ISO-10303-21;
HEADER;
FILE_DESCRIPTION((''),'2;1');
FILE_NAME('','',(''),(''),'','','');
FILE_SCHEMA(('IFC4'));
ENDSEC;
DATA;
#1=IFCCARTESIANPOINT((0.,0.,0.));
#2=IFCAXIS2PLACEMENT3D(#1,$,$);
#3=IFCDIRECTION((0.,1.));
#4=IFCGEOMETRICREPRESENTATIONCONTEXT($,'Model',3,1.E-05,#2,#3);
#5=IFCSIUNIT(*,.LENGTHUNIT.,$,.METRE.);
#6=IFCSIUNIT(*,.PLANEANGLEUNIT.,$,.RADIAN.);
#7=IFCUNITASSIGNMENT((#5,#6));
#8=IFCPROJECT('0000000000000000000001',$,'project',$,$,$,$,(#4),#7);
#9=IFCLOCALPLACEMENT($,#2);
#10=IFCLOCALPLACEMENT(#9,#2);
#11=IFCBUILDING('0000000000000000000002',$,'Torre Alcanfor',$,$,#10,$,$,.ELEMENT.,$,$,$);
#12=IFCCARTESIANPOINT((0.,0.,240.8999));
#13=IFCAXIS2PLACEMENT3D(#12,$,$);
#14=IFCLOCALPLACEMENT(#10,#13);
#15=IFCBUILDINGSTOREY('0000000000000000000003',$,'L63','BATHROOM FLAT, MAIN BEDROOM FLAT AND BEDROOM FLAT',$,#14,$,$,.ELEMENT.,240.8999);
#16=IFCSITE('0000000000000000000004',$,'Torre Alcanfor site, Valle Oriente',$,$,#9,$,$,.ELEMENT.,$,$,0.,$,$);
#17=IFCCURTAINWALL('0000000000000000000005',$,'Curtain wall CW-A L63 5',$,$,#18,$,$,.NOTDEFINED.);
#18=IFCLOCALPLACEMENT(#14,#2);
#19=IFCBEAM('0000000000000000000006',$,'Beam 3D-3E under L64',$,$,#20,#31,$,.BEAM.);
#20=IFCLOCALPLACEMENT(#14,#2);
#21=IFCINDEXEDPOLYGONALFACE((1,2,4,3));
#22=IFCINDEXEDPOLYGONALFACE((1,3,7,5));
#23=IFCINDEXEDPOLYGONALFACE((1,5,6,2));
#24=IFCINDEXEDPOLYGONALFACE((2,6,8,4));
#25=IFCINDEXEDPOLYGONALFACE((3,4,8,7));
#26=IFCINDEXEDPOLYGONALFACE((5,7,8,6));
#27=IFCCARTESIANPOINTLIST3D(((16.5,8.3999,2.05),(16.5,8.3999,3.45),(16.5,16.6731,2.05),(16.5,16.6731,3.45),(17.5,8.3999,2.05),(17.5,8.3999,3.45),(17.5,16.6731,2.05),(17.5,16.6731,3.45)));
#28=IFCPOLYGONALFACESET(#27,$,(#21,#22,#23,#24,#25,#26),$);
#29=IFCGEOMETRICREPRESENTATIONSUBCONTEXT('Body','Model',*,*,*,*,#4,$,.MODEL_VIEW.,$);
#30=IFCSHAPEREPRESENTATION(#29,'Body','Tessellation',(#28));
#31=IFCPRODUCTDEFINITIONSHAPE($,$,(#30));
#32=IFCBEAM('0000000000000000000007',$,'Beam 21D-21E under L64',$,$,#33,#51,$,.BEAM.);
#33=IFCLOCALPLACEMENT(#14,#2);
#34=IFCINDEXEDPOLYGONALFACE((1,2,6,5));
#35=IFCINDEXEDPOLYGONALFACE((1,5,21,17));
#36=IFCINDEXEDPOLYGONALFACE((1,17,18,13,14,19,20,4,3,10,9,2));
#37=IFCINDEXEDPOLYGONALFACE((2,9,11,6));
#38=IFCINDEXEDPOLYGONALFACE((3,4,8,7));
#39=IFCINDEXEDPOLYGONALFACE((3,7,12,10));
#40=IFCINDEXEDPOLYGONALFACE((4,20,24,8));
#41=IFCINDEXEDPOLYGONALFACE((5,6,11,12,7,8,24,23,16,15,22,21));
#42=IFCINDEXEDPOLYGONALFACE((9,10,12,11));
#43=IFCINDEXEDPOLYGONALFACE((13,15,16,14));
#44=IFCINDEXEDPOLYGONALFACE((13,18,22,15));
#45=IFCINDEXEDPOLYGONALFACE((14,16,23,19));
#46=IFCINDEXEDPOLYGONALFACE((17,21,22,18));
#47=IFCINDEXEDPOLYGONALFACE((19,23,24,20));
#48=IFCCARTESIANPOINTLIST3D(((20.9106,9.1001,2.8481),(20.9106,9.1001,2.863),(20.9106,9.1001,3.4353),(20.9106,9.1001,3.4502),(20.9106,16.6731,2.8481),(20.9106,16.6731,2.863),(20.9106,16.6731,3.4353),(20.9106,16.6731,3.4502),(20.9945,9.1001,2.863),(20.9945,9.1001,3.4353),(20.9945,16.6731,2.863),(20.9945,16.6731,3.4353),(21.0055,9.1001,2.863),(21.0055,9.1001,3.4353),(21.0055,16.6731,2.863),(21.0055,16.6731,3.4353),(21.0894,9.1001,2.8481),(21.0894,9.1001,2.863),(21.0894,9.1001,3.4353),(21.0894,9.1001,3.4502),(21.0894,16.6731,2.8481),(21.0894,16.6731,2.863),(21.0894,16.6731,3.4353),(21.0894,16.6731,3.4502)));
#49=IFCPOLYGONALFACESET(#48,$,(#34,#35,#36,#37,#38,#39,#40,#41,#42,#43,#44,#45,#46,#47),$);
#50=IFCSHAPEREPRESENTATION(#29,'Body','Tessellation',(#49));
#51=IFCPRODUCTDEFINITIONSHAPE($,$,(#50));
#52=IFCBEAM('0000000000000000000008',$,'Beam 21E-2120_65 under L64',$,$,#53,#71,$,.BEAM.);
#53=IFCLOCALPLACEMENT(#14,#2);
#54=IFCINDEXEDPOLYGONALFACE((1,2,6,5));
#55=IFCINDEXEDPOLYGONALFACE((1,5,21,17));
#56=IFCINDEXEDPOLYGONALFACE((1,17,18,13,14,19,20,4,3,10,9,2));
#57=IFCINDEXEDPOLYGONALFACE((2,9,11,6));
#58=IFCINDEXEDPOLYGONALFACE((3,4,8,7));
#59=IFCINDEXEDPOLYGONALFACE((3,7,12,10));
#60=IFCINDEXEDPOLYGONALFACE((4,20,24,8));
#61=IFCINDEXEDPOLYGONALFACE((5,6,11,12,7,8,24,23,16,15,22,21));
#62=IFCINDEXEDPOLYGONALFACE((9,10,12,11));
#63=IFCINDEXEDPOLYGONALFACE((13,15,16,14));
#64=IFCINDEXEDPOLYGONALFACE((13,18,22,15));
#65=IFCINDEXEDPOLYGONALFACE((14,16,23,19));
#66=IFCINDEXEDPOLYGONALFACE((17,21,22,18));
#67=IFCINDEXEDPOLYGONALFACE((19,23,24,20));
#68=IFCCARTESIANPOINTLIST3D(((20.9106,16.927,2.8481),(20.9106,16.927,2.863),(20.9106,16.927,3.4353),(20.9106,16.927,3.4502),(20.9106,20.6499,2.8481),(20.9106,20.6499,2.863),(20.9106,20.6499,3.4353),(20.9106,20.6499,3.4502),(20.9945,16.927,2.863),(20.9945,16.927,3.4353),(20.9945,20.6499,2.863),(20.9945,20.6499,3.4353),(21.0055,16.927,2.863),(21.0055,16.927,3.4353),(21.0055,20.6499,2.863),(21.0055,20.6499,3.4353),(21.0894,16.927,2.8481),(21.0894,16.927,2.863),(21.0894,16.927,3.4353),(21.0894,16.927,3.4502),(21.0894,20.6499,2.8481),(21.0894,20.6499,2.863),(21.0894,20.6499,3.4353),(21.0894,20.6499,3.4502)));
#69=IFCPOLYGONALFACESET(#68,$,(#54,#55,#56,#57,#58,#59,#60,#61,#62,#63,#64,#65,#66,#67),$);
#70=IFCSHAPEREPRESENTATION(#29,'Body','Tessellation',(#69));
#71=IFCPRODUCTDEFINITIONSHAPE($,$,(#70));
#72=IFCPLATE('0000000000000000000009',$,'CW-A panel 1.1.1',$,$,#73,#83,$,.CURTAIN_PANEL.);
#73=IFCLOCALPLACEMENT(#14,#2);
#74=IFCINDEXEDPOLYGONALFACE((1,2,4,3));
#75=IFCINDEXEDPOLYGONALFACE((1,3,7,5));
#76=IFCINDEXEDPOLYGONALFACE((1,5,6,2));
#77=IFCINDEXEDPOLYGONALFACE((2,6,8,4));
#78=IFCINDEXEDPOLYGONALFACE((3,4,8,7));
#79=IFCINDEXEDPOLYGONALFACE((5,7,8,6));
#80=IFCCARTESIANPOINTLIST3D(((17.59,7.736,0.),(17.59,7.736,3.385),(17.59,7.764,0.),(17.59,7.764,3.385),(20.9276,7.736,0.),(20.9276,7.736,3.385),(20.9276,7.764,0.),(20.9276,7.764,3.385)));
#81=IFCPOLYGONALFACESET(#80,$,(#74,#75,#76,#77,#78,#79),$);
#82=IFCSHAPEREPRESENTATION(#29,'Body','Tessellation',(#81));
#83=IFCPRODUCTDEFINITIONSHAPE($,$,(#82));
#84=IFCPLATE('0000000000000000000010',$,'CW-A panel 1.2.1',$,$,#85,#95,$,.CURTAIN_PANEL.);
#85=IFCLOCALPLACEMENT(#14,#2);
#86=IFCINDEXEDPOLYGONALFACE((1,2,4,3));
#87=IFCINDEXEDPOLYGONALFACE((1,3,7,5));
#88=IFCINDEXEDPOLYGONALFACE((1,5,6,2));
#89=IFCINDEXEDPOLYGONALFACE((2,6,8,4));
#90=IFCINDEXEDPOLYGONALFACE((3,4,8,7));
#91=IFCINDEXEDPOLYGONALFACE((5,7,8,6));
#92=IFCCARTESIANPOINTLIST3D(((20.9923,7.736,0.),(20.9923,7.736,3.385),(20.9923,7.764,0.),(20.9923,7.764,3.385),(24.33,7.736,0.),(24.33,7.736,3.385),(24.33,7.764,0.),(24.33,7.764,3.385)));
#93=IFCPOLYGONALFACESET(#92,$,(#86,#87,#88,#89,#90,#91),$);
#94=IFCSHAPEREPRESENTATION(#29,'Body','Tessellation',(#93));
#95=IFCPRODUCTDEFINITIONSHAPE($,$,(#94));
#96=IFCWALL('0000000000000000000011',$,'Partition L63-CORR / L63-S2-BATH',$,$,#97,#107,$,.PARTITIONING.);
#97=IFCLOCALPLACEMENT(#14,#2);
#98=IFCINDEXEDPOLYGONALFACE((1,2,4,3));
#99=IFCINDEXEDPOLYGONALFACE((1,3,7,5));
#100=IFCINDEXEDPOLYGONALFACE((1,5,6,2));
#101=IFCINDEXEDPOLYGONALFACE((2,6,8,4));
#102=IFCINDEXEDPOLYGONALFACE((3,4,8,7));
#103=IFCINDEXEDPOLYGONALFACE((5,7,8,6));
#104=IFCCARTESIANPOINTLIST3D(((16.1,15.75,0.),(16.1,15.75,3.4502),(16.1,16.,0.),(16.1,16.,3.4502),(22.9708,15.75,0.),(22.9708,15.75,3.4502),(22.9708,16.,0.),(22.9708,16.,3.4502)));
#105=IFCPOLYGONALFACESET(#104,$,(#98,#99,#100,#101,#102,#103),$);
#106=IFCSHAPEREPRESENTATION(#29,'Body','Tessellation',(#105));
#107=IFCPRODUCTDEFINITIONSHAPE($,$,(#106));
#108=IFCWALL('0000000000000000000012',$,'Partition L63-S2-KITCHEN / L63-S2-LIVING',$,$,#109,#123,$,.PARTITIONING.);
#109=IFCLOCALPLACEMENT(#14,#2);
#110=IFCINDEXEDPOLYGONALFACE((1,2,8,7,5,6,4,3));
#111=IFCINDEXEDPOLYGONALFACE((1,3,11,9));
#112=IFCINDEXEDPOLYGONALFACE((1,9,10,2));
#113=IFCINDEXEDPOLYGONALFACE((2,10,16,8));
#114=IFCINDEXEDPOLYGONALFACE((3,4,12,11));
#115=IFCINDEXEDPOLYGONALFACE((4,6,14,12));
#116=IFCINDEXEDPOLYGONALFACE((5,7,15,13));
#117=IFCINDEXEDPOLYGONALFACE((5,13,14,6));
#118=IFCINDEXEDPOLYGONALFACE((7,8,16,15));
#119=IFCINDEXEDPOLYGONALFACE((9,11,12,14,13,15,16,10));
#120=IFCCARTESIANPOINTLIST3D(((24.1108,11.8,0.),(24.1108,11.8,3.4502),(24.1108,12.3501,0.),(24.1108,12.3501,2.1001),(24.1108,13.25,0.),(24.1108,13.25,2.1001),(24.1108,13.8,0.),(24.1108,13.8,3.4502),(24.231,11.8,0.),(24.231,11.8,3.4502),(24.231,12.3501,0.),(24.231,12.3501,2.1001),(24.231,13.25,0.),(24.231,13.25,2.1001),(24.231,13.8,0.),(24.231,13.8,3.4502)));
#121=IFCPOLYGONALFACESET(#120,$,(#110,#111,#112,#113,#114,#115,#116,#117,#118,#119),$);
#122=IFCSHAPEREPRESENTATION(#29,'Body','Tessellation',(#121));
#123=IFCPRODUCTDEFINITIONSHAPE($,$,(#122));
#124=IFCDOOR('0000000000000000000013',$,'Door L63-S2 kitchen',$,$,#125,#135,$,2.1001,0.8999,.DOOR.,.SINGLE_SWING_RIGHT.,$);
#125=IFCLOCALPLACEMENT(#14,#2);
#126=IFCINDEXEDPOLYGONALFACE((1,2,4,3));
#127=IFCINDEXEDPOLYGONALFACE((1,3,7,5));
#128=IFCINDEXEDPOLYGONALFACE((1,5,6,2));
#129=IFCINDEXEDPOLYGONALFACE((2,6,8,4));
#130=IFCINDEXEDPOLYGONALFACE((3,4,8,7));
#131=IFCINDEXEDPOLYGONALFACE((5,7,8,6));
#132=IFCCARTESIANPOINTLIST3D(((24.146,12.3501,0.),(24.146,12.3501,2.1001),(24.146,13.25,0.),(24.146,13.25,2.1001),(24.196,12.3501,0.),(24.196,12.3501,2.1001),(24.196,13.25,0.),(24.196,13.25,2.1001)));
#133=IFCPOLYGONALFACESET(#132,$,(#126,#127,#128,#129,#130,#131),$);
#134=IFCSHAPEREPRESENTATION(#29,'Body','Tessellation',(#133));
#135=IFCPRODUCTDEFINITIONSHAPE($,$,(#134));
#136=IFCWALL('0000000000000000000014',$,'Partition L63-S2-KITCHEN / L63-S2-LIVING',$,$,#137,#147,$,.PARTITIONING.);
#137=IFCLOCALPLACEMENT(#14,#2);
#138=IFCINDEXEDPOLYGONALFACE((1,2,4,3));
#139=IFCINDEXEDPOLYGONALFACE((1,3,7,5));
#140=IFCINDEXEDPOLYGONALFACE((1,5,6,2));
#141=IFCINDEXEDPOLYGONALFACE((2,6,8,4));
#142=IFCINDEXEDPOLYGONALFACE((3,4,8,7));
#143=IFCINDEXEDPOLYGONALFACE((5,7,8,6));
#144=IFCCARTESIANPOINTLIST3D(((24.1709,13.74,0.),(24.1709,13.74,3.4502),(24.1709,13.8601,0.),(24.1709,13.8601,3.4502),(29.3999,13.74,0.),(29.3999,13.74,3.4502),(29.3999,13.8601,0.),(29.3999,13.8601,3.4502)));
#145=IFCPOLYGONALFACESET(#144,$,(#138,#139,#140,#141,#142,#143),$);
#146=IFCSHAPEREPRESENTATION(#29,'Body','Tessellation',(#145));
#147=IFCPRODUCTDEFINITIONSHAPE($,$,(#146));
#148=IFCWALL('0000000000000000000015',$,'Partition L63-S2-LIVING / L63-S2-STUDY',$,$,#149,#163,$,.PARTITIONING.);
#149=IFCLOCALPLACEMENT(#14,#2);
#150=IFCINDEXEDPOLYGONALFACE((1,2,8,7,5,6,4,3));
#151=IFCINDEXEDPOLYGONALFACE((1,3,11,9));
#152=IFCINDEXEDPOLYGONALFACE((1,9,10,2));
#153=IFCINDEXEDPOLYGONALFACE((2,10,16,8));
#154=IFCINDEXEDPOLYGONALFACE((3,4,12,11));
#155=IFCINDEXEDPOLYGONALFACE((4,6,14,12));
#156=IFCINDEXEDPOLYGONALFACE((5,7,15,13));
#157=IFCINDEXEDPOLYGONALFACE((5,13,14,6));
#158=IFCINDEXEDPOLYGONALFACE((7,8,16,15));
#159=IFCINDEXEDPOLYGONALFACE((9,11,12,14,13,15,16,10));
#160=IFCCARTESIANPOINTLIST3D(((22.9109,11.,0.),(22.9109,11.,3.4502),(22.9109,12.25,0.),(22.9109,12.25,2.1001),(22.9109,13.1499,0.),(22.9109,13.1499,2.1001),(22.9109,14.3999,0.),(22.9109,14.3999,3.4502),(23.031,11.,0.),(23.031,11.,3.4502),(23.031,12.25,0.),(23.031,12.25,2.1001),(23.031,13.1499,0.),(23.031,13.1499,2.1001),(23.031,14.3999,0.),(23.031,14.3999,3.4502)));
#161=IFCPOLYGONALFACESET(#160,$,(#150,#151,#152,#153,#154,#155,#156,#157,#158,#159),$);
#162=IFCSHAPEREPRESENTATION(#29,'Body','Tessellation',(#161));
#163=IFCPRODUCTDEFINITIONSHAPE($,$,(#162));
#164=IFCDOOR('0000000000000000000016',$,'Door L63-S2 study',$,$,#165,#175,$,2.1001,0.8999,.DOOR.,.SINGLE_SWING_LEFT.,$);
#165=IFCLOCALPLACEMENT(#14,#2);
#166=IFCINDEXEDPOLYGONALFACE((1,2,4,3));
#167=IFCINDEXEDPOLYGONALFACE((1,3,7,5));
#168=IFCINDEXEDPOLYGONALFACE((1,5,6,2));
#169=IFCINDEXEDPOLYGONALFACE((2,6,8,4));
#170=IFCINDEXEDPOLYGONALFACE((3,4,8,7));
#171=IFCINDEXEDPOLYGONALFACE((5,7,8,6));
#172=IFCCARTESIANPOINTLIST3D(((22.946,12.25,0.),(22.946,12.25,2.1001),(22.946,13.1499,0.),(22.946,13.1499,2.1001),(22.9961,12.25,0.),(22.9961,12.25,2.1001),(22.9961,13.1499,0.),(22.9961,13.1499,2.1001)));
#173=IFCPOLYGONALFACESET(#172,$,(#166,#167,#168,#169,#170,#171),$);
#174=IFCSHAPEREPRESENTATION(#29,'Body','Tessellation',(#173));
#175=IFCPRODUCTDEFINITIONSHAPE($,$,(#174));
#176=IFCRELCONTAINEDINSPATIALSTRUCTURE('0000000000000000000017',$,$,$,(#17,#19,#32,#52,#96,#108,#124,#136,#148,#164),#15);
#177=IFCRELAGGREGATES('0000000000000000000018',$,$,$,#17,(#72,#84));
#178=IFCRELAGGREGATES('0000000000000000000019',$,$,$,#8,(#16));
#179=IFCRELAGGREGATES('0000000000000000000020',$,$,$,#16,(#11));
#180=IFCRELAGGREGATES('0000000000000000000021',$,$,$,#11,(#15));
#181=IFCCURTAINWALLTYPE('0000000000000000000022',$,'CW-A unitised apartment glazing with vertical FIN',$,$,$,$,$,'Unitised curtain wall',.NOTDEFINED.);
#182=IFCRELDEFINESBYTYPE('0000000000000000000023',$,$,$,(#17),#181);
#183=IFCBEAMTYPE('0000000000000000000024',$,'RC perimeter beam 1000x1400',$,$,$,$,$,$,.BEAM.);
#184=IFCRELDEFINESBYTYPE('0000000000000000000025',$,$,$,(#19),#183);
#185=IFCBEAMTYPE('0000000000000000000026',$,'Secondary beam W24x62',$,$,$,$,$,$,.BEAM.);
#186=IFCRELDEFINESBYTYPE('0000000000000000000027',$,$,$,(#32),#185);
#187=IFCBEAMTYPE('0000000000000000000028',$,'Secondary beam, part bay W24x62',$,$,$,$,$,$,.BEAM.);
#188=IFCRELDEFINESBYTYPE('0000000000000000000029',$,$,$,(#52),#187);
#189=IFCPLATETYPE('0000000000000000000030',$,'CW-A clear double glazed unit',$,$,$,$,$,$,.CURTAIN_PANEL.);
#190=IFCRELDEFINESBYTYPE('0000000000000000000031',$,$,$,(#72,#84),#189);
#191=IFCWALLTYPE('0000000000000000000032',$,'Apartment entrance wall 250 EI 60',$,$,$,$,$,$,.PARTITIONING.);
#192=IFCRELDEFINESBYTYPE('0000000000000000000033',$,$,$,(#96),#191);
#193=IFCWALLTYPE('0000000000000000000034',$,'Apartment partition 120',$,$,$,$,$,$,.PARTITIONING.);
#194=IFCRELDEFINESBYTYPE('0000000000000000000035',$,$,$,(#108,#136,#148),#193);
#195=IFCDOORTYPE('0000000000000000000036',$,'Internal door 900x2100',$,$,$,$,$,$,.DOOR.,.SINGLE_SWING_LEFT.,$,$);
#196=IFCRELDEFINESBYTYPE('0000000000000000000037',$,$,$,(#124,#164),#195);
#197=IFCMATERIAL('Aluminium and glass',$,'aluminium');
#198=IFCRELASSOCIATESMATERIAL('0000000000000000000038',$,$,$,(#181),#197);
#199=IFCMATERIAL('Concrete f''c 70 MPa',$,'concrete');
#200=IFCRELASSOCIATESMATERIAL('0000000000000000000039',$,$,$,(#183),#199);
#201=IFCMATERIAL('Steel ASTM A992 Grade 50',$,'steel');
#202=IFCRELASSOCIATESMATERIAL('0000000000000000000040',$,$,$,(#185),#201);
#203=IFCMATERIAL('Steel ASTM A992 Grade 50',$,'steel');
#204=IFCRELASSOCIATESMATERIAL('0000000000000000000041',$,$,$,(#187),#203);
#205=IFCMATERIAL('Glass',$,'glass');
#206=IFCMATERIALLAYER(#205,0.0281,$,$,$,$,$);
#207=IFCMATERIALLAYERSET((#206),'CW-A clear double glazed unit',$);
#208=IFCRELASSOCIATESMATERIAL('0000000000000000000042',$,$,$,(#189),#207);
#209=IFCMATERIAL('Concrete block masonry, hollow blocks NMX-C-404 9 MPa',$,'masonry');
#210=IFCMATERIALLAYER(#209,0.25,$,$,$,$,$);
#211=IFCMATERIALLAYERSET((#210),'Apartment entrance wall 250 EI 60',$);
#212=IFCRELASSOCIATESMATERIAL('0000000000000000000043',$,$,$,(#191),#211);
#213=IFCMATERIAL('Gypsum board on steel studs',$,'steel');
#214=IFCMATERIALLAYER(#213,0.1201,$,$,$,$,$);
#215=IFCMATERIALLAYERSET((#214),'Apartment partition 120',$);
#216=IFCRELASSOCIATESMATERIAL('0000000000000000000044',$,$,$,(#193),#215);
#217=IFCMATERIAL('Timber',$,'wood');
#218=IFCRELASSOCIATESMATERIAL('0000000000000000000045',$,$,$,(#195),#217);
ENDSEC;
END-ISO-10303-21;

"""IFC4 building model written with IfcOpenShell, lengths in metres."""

from ifc_helpers import new_model, si_unit, direction, frame, frame_2d, origin, origin_2d, place, context, subcontext, project, spatial, rectangle, i_section, extrude, material, layer, layer_set, material_profile, profile_set, type_object, element, fill, aggregate, save


model = new_model("IFC4")

# Units and contexts
model_context = context("Model", 3, precision=1e-05, world=origin(), true_north=direction((0.0, 1.0)))
body_context = subcontext(model_context, "Body", "Model", "MODEL_VIEW")
ifc_project = project(units=[si_unit("LENGTHUNIT", "METRE"), si_unit("PLANEANGLEUNIT", "RADIAN")], contexts=[model_context])

# Site, building, storey
site_placement = place(None, origin())
site = spatial("IfcSite", under=ifc_project, at=site_placement, Name="Torre Alcanfor site, Valle Oriente", CompositionType="ELEMENT", RefElevation=0.0)
building_placement = place(site_placement, origin())
building = spatial("IfcBuilding", under=site, at=building_placement, Name="Torre Alcanfor", CompositionType="ELEMENT")
storey_placement = place(building_placement, frame((0.0, 0.0, 240.8999)))
storey = spatial("IfcBuildingStorey", under=building, at=storey_placement, Name="L63", Description="BATHROOM FLAT, MAIN BEDROOM FLAT AND BEDROOM FLAT", CompositionType="ELEMENT", Elevation=240.8999)

# Curtain wall
ifc_material_1 = material(Name="Aluminium and glass", Category="aluminium")
curtain_wall_type = type_object("IfcCurtainWallType", Name="CW-A unitised apartment glazing with vertical FIN", ElementType="Unitised curtain wall", PredefinedType="NOTDEFINED", material=ifc_material_1)
curtain_wall_placement = place(storey_placement, origin())
curtain_wall = element("IfcCurtainWall", 1, at=curtain_wall_placement, inside=storey, type_object=curtain_wall_type, Name="Curtain wall CW-A L63 5", PredefinedType="NOTDEFINED")

# Beams
ifc_material_2 = material(Name="Concrete f'c 70 MPa", Category="concrete")
ifc_material_profile_1 = material_profile(ifc_material_2, rectangle(XDim=1.0, YDim=1.3999, at=origin_2d()), Name="1000x1400")
ifc_profile_set_1 = profile_set([ifc_material_profile_1], Name="Concrete f'c 70 MPa")
beam_type_1 = type_object("IfcBeamType", Name="RC perimeter beam 1000x1400", PredefinedType="BEAM", material=ifc_profile_set_1)
beam_1_placement = place(storey_placement, frame((17.0, 8.3999, 2.75), z_axis=(0.0, 1.0, 0.0), x_axis=(-1.0, 0.0, 0.0)))
element("IfcBeam", 2, at=beam_1_placement, inside=storey, type_object=beam_type_1, Name="Beam 3D-3E under L64", PredefinedType="BEAM", context=body_context, shape_type="SweptSolid", body=[
    extrude(rectangle(XDim=1.0, YDim=1.3999, at=origin_2d()), origin(), (0.0, 0.0, 1.0), 8.2732),
])
ifc_material_3 = material(Name="Steel ASTM A992 Grade 50", Category="steel")
ifc_material_profile_2 = material_profile(ifc_material_3, i_section(OverallWidth=0.1787, OverallDepth=0.6021, WebThickness=0.011, FlangeThickness=0.0149, at=origin_2d()), Name="W24x62")
ifc_profile_set_2 = profile_set([ifc_material_profile_2], Name="Steel ASTM A992 Grade 50")
beam_type_2 = type_object("IfcBeamType", Name="Secondary beam W24x62", PredefinedType="BEAM", material=ifc_profile_set_2)
beam_2_placement = place(storey_placement, frame((21.0, 9.1001, 3.1492), z_axis=(0.0, 1.0, 0.0), x_axis=(-1.0, 0.0, 0.0)))
element("IfcBeam", 3, at=beam_2_placement, inside=storey, type_object=beam_type_2, Name="Beam 21D-21E under L64", PredefinedType="BEAM", context=body_context, shape_type="SweptSolid", body=[
    extrude(i_section(OverallWidth=0.1787, OverallDepth=0.6021, WebThickness=0.011, FlangeThickness=0.0149, at=origin_2d()), origin(), (0.0, 0.0, 1.0), 7.573),
])
ifc_material_4 = material(Name="Steel ASTM A992 Grade 50", Category="steel")
ifc_material_profile_3 = material_profile(ifc_material_4, i_section(OverallWidth=0.1787, OverallDepth=0.6021, WebThickness=0.011, FlangeThickness=0.0149, at=origin_2d()), Name="W24x62")
ifc_profile_set_3 = profile_set([ifc_material_profile_3], Name="Steel ASTM A992 Grade 50")
beam_type_3 = type_object("IfcBeamType", Name="Secondary beam, part bay W24x62", PredefinedType="BEAM", material=ifc_profile_set_3)
beam_3_placement = place(storey_placement, frame((21.0, 16.927, 3.1492), z_axis=(0.0, 1.0, 0.0), x_axis=(-1.0, 0.0, 0.0)))
element("IfcBeam", 4, at=beam_3_placement, inside=storey, type_object=beam_type_3, Name="Beam 21E-2120_65 under L64", PredefinedType="BEAM", context=body_context, shape_type="SweptSolid", body=[
    extrude(i_section(OverallWidth=0.1787, OverallDepth=0.6021, WebThickness=0.011, FlangeThickness=0.0149, at=origin_2d()), origin(), (0.0, 0.0, 1.0), 3.7229),
])

# Plates
ifc_material_5 = material(Name="Glass", Category="glass")
ifc_layer_1 = layer(ifc_material_5, 0.0281)
ifc_layer_set_1 = layer_set([ifc_layer_1], Name="CW-A clear double glazed unit")
plate_type = type_object("IfcPlateType", Name="CW-A clear double glazed unit", PredefinedType="CURTAIN_PANEL", material=ifc_layer_set_1)
plate_1_placement = place(storey_placement, frame((19.2588, 7.75, 0.0), z_axis=(0.0, 0.0, 1.0), x_axis=(1.0, 0.0, 0.0)))
plate_1 = element("IfcPlate", 5, at=plate_1_placement, type_object=plate_type, Name="CW-A panel 1.1.1", PredefinedType="CURTAIN_PANEL", context=body_context, shape_type="SweptSolid", body=[
    extrude(rectangle(XDim=3.3376, YDim=0.0281, at=origin_2d()), origin(), (0.0, 0.0, 1.0), 3.385),
])
plate_2_placement = place(storey_placement, frame((22.6611, 7.75, 0.0), z_axis=(0.0, 0.0, 1.0), x_axis=(1.0, 0.0, 0.0)))
plate_2 = element("IfcPlate", 6, at=plate_2_placement, type_object=plate_type, Name="CW-A panel 1.2.1", PredefinedType="CURTAIN_PANEL", context=body_context, shape_type="SweptSolid", body=[
    extrude(rectangle(XDim=3.3376, YDim=0.0281, at=origin_2d()), origin(), (0.0, 0.0, 1.0), 3.385),
])
aggregate(curtain_wall, [plate_1, plate_2])

# Wall
ifc_material_6 = material(Name="Concrete block masonry, hollow blocks NMX-C-404 9 MPa", Category="masonry")
ifc_layer_2 = layer(ifc_material_6, 0.25)
ifc_layer_set_2 = layer_set([ifc_layer_2], Name="Apartment entrance wall 250 EI 60")
wall_type_1 = type_object("IfcWallType", Name="Apartment entrance wall 250 EI 60", PredefinedType="PARTITIONING", material=ifc_layer_set_2)
wall_1_placement = place(storey_placement, frame((22.9709, 15.875, 0.0), z_axis=(0.0, 0.0, 1.0), x_axis=(-1.0, 0.0, 0.0)))
element("IfcWall", 7, at=wall_1_placement, inside=storey, type_object=wall_type_1, Name="Partition L63-CORR / L63-S2-BATH", PredefinedType="PARTITIONING", context=body_context, shape_type="SweptSolid", body=[
    extrude(rectangle(XDim=6.8708, YDim=0.25, at=frame_2d((3.4355, 0.0))), origin(), (0.0, 0.0, 1.0), 3.4502),
])

# Wall, opening, door
ifc_material_7 = material(Name="Gypsum board on steel studs", Category="steel")
ifc_layer_3 = layer(ifc_material_7, 0.1201)
ifc_layer_set_3 = layer_set([ifc_layer_3], Name="Apartment partition 120")
wall_type_2 = type_object("IfcWallType", Name="Apartment partition 120", PredefinedType="PARTITIONING", material=ifc_layer_set_3)
wall_2_placement = place(storey_placement, frame((24.1709, 11.8, 0.0), z_axis=(0.0, 0.0, 1.0), x_axis=(0.0, 1.0, 0.0)))
wall_2 = element("IfcWall", 8, at=wall_2_placement, inside=storey, type_object=wall_type_2, Name="Partition L63-S2-KITCHEN / L63-S2-LIVING", PredefinedType="PARTITIONING", context=body_context, shape_type="SweptSolid", body=[
    extrude(rectangle(XDim=2.0, YDim=0.1201, at=frame_2d((1.0, 0.0))), origin(), (0.0, 0.0, 1.0), 3.4502),
])
opening_1_placement = place(wall_2_placement, frame((0.55, 0.0, 0.0)))
opening_1 = element("IfcOpeningElement", 9, at=opening_1_placement, cuts=wall_2, PredefinedType="OPENING", context=body_context, shape_type="SweptSolid", body=[
    extrude(rectangle(XDim=0.8999, YDim=2.1001, at=frame_2d((0.45, 1.05))), frame((0.0, 0.0701, 0.0), z_axis=(0.0, -1.0, 0.0), x_axis=(1.0, 0.0, 0.0)), (0.0, 0.0, 1.0), 0.1401),
])
ifc_material_8 = material(Name="Timber", Category="wood")
door_type_1 = type_object("IfcDoorType", Name="Internal door 900x2100", OperationType="SINGLE_SWING_LEFT", PredefinedType="DOOR", material=ifc_material_8)
door_1_placement = place(opening_1_placement, frame((0.8999, 0.0, 0.0), z_axis=(0.0, 0.0, 1.0), x_axis=(-1.0, 0.0, 0.0)))
door_1 = element("IfcDoor", 10, at=door_1_placement, inside=storey, type_object=door_type_1, Name="Door L63-S2 kitchen", OperationType="SINGLE_SWING_RIGHT", OverallHeight=2.1001, OverallWidth=0.8999, PredefinedType="DOOR", context=body_context, shape_type="SweptSolid", body=[
    extrude(rectangle(XDim=0.8999, YDim=2.1001, at=frame_2d((0.45, 1.05))), frame((0.0, 0.0251, 0.0), z_axis=(0.0, -1.0, 0.0), x_axis=(1.0, 0.0, 0.0)), (0.0, 0.0, 1.0), 0.05),
])
fill(opening_1, door_1)

# Wall
wall_3_placement = place(storey_placement, frame((24.1709, 13.8, 0.0), z_axis=(0.0, 0.0, 1.0), x_axis=(1.0, 0.0, 0.0)))
element("IfcWall", 11, at=wall_3_placement, inside=storey, type_object=wall_type_2, Name="Partition L63-S2-KITCHEN / L63-S2-LIVING", PredefinedType="PARTITIONING", context=body_context, shape_type="SweptSolid", body=[
    extrude(rectangle(XDim=5.229, YDim=0.1201, at=frame_2d((2.6145, 0.0))), origin(), (0.0, 0.0, 1.0), 3.4502),
])

# Wall, opening, door
wall_4_placement = place(storey_placement, frame((22.9709, 11.0, 0.0), z_axis=(0.0, 0.0, 1.0), x_axis=(0.0, 1.0, 0.0)))
wall_4 = element("IfcWall", 12, at=wall_4_placement, inside=storey, type_object=wall_type_2, Name="Partition L63-S2-LIVING / L63-S2-STUDY", PredefinedType="PARTITIONING", context=body_context, shape_type="SweptSolid", body=[
    extrude(rectangle(XDim=3.3999, YDim=0.1201, at=frame_2d((1.7, 0.0))), origin(), (0.0, 0.0, 1.0), 3.4502),
])
opening_2_placement = place(wall_4_placement, frame((1.25, 0.0, 0.0)))
opening_2 = element("IfcOpeningElement", 13, at=opening_2_placement, cuts=wall_4, PredefinedType="OPENING", context=body_context, shape_type="SweptSolid", body=[
    extrude(rectangle(XDim=0.8999, YDim=2.1001, at=frame_2d((0.45, 1.05))), frame((0.0, 0.0701, 0.0), z_axis=(0.0, -1.0, 0.0), x_axis=(1.0, 0.0, 0.0)), (0.0, 0.0, 1.0), 0.1401),
])
door_2_placement = place(opening_2_placement, origin())
door_2 = element("IfcDoor", 14, at=door_2_placement, inside=storey, type_object=door_type_1, Name="Door L63-S2 study", OperationType="SINGLE_SWING_LEFT", OverallHeight=2.1001, OverallWidth=0.8999, PredefinedType="DOOR", context=body_context, shape_type="SweptSolid", body=[
    extrude(rectangle(XDim=0.8999, YDim=2.1001, at=frame_2d((0.45, 1.05))), frame((0.0, 0.0249, 0.0), z_axis=(0.0, -1.0, 0.0), x_axis=(1.0, 0.0, 0.0)), (0.0, 0.0, 1.0), 0.05),
])
fill(opening_2, door_2)

save(model, "model.ifc")
